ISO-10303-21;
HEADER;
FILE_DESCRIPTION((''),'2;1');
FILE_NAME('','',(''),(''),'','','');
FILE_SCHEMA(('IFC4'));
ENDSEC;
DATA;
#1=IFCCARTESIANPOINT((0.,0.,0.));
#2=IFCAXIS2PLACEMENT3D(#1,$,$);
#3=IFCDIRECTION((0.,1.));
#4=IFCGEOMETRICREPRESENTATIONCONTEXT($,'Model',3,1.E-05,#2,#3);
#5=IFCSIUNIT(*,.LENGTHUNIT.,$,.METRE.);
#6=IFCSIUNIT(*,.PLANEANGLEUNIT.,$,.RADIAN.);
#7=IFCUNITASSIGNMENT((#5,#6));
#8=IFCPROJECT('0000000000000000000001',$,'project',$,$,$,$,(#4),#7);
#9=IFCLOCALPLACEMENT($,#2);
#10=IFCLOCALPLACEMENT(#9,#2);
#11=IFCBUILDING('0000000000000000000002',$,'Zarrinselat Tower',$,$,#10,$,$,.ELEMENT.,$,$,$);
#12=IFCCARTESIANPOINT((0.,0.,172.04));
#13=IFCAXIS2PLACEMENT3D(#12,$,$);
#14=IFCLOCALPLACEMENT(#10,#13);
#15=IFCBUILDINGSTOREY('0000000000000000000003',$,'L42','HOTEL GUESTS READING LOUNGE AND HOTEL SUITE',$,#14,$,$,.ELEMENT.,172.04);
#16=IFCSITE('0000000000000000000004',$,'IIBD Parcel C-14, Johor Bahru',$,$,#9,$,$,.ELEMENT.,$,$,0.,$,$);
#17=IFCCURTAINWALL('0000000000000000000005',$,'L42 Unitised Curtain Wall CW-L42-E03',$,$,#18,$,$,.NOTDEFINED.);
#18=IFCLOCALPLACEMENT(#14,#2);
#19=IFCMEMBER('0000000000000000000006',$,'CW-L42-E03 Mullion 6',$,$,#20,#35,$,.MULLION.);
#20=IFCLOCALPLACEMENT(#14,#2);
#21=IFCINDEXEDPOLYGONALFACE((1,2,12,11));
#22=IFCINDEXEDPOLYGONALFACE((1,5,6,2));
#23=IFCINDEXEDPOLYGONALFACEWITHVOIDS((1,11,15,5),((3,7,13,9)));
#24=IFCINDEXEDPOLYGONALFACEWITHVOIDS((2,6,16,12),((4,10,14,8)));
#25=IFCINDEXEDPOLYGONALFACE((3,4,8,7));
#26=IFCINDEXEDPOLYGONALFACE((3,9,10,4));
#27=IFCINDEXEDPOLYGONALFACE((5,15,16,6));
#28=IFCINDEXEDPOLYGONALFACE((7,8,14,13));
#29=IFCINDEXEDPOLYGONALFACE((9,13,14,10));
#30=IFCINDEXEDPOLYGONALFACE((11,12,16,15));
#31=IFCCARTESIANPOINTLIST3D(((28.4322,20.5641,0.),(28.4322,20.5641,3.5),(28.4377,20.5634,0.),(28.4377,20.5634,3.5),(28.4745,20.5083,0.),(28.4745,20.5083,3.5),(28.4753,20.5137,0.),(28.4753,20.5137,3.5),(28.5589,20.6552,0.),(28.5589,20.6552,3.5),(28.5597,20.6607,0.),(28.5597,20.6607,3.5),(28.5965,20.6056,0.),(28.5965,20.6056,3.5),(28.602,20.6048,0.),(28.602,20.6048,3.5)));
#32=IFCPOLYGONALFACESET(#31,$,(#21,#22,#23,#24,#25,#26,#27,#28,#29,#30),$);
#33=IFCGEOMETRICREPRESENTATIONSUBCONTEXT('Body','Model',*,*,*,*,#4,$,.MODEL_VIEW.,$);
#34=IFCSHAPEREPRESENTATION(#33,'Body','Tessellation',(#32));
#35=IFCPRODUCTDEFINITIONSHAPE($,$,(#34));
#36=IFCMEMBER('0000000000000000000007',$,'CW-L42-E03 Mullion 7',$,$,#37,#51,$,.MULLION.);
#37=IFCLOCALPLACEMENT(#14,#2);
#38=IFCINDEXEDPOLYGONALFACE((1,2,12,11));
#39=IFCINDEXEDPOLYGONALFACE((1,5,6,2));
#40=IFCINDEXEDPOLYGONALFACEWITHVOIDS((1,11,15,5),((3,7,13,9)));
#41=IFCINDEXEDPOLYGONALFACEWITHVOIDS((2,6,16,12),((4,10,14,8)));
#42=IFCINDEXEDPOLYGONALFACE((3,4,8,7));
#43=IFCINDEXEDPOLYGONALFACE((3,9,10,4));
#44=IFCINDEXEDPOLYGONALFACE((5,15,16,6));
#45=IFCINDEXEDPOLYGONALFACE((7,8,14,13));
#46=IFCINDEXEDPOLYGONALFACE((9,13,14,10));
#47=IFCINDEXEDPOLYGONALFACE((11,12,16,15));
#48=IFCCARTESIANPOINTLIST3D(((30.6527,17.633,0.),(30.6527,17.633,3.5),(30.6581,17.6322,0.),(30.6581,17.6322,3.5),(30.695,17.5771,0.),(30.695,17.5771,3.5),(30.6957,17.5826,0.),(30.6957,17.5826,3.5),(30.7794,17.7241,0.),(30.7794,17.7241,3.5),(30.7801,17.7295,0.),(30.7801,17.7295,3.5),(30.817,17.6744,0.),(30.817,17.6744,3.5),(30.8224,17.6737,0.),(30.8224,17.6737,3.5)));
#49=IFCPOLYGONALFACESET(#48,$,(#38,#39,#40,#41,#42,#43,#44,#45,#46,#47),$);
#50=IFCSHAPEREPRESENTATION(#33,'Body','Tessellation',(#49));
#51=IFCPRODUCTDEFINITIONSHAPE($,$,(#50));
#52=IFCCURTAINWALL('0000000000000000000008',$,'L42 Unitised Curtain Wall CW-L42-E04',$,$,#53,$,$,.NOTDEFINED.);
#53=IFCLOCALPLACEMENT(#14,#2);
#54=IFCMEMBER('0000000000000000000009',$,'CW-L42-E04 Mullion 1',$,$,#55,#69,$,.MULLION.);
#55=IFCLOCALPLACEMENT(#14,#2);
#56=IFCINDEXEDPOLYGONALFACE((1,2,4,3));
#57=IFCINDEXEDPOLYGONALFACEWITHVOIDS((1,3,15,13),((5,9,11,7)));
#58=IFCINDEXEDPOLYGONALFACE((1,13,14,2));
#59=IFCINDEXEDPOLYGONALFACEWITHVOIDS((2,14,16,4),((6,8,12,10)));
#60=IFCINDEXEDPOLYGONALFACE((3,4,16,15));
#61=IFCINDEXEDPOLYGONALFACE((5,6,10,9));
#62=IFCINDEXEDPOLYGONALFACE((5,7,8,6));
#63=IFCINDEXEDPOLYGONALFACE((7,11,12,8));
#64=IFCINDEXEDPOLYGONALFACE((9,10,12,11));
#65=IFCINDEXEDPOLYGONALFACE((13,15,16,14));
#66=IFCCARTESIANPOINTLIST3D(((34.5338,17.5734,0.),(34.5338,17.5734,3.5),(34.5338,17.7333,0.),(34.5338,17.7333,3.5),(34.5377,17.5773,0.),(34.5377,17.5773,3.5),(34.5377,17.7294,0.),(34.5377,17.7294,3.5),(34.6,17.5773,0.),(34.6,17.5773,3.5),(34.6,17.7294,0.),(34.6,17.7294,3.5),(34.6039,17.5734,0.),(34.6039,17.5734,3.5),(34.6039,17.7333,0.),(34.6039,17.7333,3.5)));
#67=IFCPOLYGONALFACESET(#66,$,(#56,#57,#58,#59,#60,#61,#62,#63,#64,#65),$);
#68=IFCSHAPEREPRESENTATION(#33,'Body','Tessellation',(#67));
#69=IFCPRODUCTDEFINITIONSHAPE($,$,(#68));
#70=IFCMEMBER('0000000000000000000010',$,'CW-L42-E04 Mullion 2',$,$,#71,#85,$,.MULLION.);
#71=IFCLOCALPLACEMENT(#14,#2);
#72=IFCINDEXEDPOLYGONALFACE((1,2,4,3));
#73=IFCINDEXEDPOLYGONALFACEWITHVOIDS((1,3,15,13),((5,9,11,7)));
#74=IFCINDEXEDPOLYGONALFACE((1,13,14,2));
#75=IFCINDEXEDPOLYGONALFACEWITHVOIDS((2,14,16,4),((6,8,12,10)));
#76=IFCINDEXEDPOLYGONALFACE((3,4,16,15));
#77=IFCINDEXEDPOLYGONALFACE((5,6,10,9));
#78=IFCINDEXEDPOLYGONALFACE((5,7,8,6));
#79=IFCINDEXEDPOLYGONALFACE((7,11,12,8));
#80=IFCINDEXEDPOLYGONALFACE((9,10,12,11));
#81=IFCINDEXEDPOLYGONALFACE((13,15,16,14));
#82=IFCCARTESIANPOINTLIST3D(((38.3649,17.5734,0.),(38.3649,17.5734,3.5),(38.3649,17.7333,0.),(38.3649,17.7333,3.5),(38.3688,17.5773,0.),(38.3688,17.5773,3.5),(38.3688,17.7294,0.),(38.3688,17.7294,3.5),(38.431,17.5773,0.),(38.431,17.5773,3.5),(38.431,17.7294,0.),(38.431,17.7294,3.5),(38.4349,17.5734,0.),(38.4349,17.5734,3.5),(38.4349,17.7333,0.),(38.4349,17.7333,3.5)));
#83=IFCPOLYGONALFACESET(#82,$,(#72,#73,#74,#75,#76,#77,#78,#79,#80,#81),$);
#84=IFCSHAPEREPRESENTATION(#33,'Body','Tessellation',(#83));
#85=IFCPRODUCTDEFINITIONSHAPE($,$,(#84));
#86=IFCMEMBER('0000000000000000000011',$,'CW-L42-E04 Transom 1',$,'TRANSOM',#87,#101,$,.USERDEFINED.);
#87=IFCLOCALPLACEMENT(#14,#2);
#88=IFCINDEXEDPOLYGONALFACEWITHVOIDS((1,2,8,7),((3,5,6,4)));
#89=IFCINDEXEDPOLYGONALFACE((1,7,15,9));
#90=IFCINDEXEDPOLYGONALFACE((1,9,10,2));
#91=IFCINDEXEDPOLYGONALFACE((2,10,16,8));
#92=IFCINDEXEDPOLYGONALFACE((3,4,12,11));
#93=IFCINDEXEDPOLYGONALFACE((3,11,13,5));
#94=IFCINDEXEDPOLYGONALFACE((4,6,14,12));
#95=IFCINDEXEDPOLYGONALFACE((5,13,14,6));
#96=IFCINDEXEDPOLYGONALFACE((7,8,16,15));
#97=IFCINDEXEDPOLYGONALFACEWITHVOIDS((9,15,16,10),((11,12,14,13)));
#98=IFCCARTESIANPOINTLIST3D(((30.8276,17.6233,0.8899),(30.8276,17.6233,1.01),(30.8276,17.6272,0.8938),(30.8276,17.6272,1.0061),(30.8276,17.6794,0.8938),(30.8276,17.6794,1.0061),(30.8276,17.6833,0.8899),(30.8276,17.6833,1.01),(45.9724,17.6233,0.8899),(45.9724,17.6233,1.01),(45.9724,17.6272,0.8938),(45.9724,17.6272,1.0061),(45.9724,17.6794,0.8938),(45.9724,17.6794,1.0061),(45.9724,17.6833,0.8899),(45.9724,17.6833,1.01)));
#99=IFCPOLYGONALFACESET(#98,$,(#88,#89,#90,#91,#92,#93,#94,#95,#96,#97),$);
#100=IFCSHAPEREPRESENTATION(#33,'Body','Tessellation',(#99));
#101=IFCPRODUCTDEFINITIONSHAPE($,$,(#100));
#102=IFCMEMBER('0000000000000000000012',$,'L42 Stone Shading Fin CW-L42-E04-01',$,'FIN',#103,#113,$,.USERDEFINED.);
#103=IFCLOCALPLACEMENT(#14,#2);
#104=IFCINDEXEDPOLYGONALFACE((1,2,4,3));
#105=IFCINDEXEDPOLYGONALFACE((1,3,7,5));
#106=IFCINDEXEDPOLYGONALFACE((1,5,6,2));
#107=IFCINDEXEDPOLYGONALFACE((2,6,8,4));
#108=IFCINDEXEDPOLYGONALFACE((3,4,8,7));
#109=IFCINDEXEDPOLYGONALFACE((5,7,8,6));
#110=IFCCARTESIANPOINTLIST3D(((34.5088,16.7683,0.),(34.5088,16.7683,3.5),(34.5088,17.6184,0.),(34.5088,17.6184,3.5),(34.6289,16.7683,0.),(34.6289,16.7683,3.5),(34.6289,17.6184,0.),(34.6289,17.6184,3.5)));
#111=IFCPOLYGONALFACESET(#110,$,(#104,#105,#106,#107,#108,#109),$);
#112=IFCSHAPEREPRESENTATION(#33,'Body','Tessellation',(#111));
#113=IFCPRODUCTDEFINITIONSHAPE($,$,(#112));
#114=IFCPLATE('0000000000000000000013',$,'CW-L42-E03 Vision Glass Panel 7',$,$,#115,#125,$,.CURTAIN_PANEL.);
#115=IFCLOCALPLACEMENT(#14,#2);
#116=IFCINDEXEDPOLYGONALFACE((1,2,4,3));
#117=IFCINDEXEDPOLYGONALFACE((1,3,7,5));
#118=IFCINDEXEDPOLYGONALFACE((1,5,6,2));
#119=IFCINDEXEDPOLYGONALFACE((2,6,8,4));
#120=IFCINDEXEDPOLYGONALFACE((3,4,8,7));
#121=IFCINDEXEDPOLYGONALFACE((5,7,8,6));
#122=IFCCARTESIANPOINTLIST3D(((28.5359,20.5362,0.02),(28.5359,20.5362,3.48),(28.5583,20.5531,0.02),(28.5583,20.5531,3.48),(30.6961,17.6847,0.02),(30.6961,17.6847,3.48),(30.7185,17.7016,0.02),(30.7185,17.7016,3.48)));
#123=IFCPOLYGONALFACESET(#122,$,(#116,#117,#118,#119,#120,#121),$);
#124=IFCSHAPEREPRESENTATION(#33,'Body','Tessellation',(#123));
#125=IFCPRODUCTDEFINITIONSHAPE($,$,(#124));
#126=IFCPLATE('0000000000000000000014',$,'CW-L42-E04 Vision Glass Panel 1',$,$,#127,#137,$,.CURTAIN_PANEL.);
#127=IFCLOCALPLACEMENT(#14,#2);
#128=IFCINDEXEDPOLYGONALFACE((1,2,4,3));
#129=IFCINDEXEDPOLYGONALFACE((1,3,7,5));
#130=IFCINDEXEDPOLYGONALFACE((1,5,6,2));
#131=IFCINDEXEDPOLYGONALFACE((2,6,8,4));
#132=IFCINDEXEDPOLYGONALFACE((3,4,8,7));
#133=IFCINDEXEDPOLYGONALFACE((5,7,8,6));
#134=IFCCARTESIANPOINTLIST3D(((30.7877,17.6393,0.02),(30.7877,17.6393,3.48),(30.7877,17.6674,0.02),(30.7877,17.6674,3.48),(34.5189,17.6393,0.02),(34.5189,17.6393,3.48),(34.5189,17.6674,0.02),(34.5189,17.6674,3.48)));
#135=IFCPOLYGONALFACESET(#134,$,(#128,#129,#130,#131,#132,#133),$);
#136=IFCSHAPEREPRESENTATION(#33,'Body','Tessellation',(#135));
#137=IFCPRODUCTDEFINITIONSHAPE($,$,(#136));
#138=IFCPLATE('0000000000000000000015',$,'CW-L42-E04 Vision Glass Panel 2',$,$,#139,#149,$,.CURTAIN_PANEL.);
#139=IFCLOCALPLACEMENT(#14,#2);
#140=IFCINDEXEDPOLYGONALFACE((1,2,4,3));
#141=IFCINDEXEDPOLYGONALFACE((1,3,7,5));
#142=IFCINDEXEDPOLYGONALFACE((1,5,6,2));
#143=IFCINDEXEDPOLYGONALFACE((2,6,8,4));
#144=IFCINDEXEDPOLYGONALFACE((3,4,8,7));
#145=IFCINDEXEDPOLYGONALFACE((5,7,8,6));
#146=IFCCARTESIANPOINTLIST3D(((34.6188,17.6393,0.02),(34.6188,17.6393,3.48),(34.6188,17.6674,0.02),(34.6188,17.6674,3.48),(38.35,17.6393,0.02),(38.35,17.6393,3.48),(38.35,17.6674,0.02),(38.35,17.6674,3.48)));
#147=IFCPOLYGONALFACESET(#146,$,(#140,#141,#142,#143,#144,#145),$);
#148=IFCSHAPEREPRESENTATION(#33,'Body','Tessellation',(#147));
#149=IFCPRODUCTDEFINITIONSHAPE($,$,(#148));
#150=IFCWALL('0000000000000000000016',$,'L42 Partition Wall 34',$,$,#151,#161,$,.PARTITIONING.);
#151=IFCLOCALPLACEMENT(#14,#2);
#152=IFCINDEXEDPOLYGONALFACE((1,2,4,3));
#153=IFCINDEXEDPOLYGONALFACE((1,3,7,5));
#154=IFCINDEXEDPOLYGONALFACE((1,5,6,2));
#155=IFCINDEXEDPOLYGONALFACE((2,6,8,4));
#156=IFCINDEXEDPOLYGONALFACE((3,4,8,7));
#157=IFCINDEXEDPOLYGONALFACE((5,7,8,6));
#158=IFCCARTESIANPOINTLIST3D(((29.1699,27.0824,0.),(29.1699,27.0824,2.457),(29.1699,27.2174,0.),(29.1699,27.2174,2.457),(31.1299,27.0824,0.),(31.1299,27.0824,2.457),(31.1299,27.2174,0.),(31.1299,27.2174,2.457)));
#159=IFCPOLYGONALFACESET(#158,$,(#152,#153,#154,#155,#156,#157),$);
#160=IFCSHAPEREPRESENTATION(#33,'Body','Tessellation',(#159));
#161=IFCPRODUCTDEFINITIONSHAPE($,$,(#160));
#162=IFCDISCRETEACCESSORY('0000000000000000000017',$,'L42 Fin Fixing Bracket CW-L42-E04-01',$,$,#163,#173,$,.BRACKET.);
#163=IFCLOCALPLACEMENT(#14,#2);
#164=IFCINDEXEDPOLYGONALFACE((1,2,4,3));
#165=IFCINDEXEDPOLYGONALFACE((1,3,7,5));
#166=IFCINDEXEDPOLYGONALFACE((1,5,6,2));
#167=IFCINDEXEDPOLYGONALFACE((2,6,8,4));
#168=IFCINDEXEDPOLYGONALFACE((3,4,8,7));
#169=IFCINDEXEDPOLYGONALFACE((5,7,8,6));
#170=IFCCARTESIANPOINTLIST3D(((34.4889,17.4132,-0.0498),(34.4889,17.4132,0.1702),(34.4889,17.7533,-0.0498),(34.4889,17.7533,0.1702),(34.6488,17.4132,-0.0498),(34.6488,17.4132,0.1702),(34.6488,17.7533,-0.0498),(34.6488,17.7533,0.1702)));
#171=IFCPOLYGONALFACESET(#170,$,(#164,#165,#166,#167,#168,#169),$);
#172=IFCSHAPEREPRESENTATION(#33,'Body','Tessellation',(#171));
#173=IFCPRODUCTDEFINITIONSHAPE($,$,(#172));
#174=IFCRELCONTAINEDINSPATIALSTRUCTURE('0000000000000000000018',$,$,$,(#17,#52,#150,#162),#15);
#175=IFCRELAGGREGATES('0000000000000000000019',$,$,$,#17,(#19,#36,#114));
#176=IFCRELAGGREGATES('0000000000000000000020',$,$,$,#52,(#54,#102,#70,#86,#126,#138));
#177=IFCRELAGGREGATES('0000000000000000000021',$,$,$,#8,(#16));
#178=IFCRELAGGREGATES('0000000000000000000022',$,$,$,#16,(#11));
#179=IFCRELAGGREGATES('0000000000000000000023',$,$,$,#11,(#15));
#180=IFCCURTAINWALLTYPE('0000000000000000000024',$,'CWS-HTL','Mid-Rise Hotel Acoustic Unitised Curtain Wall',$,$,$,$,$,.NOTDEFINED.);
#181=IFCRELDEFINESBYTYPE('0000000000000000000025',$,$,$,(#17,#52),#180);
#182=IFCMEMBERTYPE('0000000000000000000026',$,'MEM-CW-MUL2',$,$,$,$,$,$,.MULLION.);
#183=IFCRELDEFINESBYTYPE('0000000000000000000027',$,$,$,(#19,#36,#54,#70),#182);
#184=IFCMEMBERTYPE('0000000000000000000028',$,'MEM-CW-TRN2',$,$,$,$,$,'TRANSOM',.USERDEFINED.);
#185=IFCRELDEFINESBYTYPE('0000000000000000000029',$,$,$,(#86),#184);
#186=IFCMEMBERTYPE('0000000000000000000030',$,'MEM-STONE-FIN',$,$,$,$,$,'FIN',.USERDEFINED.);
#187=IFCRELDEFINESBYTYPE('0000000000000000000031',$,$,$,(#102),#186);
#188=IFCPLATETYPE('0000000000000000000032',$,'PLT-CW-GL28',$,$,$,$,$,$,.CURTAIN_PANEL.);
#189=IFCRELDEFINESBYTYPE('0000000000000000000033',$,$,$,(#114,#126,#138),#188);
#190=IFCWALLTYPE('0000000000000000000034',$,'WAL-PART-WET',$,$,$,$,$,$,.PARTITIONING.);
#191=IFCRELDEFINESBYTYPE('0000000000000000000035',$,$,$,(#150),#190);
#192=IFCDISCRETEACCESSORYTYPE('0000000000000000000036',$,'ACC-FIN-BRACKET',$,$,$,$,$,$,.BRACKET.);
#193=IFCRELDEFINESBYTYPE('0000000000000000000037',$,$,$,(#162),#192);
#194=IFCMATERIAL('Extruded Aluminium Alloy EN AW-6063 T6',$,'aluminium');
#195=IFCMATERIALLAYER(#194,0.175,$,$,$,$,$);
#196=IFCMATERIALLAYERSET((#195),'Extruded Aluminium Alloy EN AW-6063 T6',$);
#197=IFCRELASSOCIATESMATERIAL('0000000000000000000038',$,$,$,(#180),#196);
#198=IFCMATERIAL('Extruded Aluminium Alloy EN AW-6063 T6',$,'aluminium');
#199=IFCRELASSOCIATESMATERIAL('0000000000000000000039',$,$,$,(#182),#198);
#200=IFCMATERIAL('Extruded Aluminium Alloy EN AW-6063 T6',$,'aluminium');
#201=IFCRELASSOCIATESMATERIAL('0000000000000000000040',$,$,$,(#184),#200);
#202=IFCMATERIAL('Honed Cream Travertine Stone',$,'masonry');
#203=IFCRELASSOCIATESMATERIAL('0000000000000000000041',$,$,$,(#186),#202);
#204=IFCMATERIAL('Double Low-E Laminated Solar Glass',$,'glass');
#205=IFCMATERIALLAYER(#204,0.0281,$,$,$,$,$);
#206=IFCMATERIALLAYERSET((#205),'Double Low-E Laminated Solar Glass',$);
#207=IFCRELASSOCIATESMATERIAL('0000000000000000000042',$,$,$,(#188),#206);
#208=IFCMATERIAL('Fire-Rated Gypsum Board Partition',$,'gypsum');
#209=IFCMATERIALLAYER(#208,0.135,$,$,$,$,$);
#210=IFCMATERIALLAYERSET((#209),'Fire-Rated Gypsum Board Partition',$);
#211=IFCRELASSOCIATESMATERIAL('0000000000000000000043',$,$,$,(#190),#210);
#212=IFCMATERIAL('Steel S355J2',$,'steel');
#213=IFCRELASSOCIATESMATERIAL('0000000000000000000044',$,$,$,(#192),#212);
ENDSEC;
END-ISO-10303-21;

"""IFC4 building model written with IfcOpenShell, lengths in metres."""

from ifc_helpers import new_model, si_unit, direction, frame, frame_2d, origin, origin_2d, place, context, subcontext, project, spatial, rectangle, hollow_rectangle, extrude, material, layer, layer_set, material_profile, profile_set, type_object, element, aggregate, save


model = new_model("IFC4")

# Units and contexts
model_context = context("Model", 3, precision=1e-05, world=origin(), true_north=direction((0.0, 1.0)))
body_context = subcontext(model_context, "Body", "Model", "MODEL_VIEW")
ifc_project = project(units=[si_unit("LENGTHUNIT", "METRE"), si_unit("PLANEANGLEUNIT", "RADIAN")], contexts=[model_context])

# Site, building, storey
site_placement = place(None, origin())
site = spatial("IfcSite", under=ifc_project, at=site_placement, Name="IIBD Parcel C-14, Johor Bahru", CompositionType="ELEMENT", RefElevation=0.0)
building_placement = place(site_placement, origin())
building = spatial("IfcBuilding", under=site, at=building_placement, Name="Zarrinselat Tower", CompositionType="ELEMENT")
storey_placement = place(building_placement, frame((0.0, 0.0, 172.04)))
storey = spatial("IfcBuildingStorey", under=building, at=storey_placement, Name="L42", Description="HOTEL GUESTS READING LOUNGE AND HOTEL SUITE", CompositionType="ELEMENT", Elevation=172.04)

# Curtain walls, members
ifc_material_1 = material(Name="Extruded Aluminium Alloy EN AW-6063 T6", Category="aluminium")
ifc_layer_1 = layer(ifc_material_1, 0.175)
ifc_layer_set_1 = layer_set([ifc_layer_1], Name="Extruded Aluminium Alloy EN AW-6063 T6")
curtain_wall_type = type_object("IfcCurtainWallType", Name="CWS-HTL", Description="Mid-Rise Hotel Acoustic Unitised Curtain Wall", PredefinedType="NOTDEFINED", material=ifc_layer_set_1)
curtain_wall_1_placement = place(storey_placement, origin())
curtain_wall_1 = element("IfcCurtainWall", 1, at=curtain_wall_1_placement, inside=storey, type_object=curtain_wall_type, Name="L42 Unitised Curtain Wall CW-L42-E03", PredefinedType="NOTDEFINED")
ifc_material_2 = material(Name="Extruded Aluminium Alloy EN AW-6063 T6", Category="aluminium")
ifc_material_profile_1 = material_profile(ifc_material_2, hollow_rectangle(XDim=0.0701, YDim=0.1599, WallThickness=0.0039, at=origin_2d()), Name="RHS 160x70x4")
ifc_profile_set_1 = profile_set([ifc_material_profile_1], Name="Extruded Aluminium Alloy EN AW-6063 T6")
member_type_1 = type_object("IfcMemberType", Name="MEM-CW-MUL2", PredefinedType="MULLION", material=ifc_profile_set_1)
member_1_placement = place(storey_placement, frame((28.5171, 20.5845, 0.0), z_axis=(0.0, 0.0, 1.0), x_axis=(0.603858, -0.797092, 0.0)))
member_1 = element("IfcMember", 2, at=member_1_placement, type_object=member_type_1, Name="CW-L42-E03 Mullion 6", PredefinedType="MULLION", context=body_context, shape_type="SweptSolid", body=[
    extrude(hollow_rectangle(XDim=0.0701, YDim=0.1599, WallThickness=0.0039, at=origin_2d()), origin(), (0.0, 0.0, 1.0), 3.5),
])
member_2_placement = place(storey_placement, frame((30.7375, 17.6533, 0.0), z_axis=(0.0, 0.0, 1.0), x_axis=(0.603858, -0.797092, 0.0)))
member_2 = element("IfcMember", 3, at=member_2_placement, type_object=member_type_1, Name="CW-L42-E03 Mullion 7", PredefinedType="MULLION", context=body_context, shape_type="SweptSolid", body=[
    extrude(hollow_rectangle(XDim=0.0701, YDim=0.1599, WallThickness=0.0039, at=origin_2d()), origin(), (0.0, 0.0, 1.0), 3.5),
])
curtain_wall_2_placement = place(storey_placement, origin())
curtain_wall_2 = element("IfcCurtainWall", 4, at=curtain_wall_2_placement, inside=storey, type_object=curtain_wall_type, Name="L42 Unitised Curtain Wall CW-L42-E04", PredefinedType="NOTDEFINED")
member_3_placement = place(storey_placement, frame((34.5688, 17.6533, 0.0), z_axis=(0.0, 0.0, 1.0), x_axis=(1.0, 0.0, 0.0)))
member_3 = element("IfcMember", 5, at=member_3_placement, type_object=member_type_1, Name="CW-L42-E04 Mullion 1", PredefinedType="MULLION", context=body_context, shape_type="SweptSolid", body=[
    extrude(hollow_rectangle(XDim=0.0701, YDim=0.1599, WallThickness=0.0039, at=origin_2d()), origin(), (0.0, 0.0, 1.0), 3.5),
])
member_4_placement = place(storey_placement, frame((38.3999, 17.6533, 0.0), z_axis=(0.0, 0.0, 1.0), x_axis=(1.0, 0.0, 0.0)))
member_4 = element("IfcMember", 6, at=member_4_placement, type_object=member_type_1, Name="CW-L42-E04 Mullion 2", PredefinedType="MULLION", context=body_context, shape_type="SweptSolid", body=[
    extrude(hollow_rectangle(XDim=0.0701, YDim=0.1599, WallThickness=0.0039, at=origin_2d()), origin(), (0.0, 0.0, 1.0), 3.5),
])
ifc_material_3 = material(Name="Extruded Aluminium Alloy EN AW-6063 T6", Category="aluminium")
ifc_material_profile_2 = material_profile(ifc_material_3, hollow_rectangle(XDim=0.0601, YDim=0.1201, WallThickness=0.0039, at=origin_2d()), Name="RHS 120x60x4")
ifc_profile_set_2 = profile_set([ifc_material_profile_2], Name="Extruded Aluminium Alloy EN AW-6063 T6")
member_type_2 = type_object("IfcMemberType", Name="MEM-CW-TRN2", ElementType="TRANSOM", PredefinedType="USERDEFINED", material=ifc_profile_set_2)
member_5_placement = place(storey_placement, frame((30.8276, 17.6533, 0.95), z_axis=(1.0, 0.0, 0.0), x_axis=(0.0, 1.0, 0.0)))
member_5 = element("IfcMember", 7, at=member_5_placement, type_object=member_type_2, Name="CW-L42-E04 Transom 1", ObjectType="TRANSOM", PredefinedType="USERDEFINED", context=body_context, shape_type="SweptSolid", body=[
    extrude(hollow_rectangle(XDim=0.0601, YDim=0.1201, WallThickness=0.0039, at=origin_2d()), origin(), (0.0, 0.0, 1.0), 15.1448),
])
ifc_material_4 = material(Name="Honed Cream Travertine Stone", Category="masonry")
ifc_material_profile_3 = material_profile(ifc_material_4, rectangle(XDim=0.1201, YDim=0.8501, at=origin_2d()), Name="FIN 850x120")
ifc_profile_set_3 = profile_set([ifc_material_profile_3], Name="Honed Cream Travertine Stone")
member_type_3 = type_object("IfcMemberType", Name="MEM-STONE-FIN", ElementType="FIN", PredefinedType="USERDEFINED", material=ifc_profile_set_3)
member_6_placement = place(storey_placement, frame((34.5688, 17.1934, 0.0), z_axis=(0.0, 0.0, 1.0), x_axis=(-1.0, 0.0, 0.0)))
member_6 = element("IfcMember", 8, at=member_6_placement, type_object=member_type_3, Name="L42 Stone Shading Fin CW-L42-E04-01", ObjectType="FIN", PredefinedType="USERDEFINED", context=body_context, shape_type="SweptSolid", body=[
    extrude(rectangle(XDim=0.1201, YDim=0.8501, at=origin_2d()), origin(), (0.0, 0.0, 1.0), 3.5),
])

# Plates
ifc_material_5 = material(Name="Double Low-E Laminated Solar Glass", Category="glass")
ifc_layer_2 = layer(ifc_material_5, 0.0281)
ifc_layer_set_2 = layer_set([ifc_layer_2], Name="Double Low-E Laminated Solar Glass")
plate_type = type_object("IfcPlateType", Name="PLT-CW-GL28", PredefinedType="CURTAIN_PANEL", material=ifc_layer_set_2)
plate_1_placement = place(storey_placement, frame((29.6272, 19.1189, 0.02), z_axis=(0.0, 0.0, 1.0), x_axis=(0.603858, -0.797092, 0.0)))
plate_1 = element("IfcPlate", 9, at=plate_1_placement, type_object=plate_type, Name="CW-L42-E03 Vision Glass Panel 7", PredefinedType="CURTAIN_PANEL", context=body_context, shape_type="SweptSolid", body=[
    extrude(rectangle(XDim=3.5774, YDim=0.0281, at=origin_2d()), origin(), (0.0, 0.0, 1.0), 3.46),
])
aggregate(curtain_wall_1, [member_1, member_2, plate_1])
plate_2_placement = place(storey_placement, frame((32.6533, 17.6533, 0.02), z_axis=(0.0, 0.0, 1.0), x_axis=(1.0, 0.0, 0.0)))
plate_2 = element("IfcPlate", 10, at=plate_2_placement, type_object=plate_type, Name="CW-L42-E04 Vision Glass Panel 1", PredefinedType="CURTAIN_PANEL", context=body_context, shape_type="SweptSolid", body=[
    extrude(rectangle(XDim=3.7312, YDim=0.0281, at=origin_2d()), origin(), (0.0, 0.0, 1.0), 3.46),
])
plate_3_placement = place(storey_placement, frame((36.4844, 17.6533, 0.02), z_axis=(0.0, 0.0, 1.0), x_axis=(1.0, 0.0, 0.0)))
plate_3 = element("IfcPlate", 11, at=plate_3_placement, type_object=plate_type, Name="CW-L42-E04 Vision Glass Panel 2", PredefinedType="CURTAIN_PANEL", context=body_context, shape_type="SweptSolid", body=[
    extrude(rectangle(XDim=3.7312, YDim=0.0281, at=origin_2d()), origin(), (0.0, 0.0, 1.0), 3.46),
])
aggregate(curtain_wall_2, [member_3, member_6, member_4, member_5, plate_2, plate_3])

# Wall
ifc_material_6 = material(Name="Fire-Rated Gypsum Board Partition", Category="gypsum")
ifc_layer_3 = layer(ifc_material_6, 0.135)
ifc_layer_set_3 = layer_set([ifc_layer_3], Name="Fire-Rated Gypsum Board Partition")
wall_type = type_object("IfcWallType", Name="WAL-PART-WET", PredefinedType="PARTITIONING", material=ifc_layer_set_3)
wall_placement = place(storey_placement, frame((29.1699, 27.1499, 0.0), z_axis=(0.0, 0.0, 1.0), x_axis=(1.0, 0.0, 0.0)))
element("IfcWall", 12, at=wall_placement, inside=storey, type_object=wall_type, Name="L42 Partition Wall 34", PredefinedType="PARTITIONING", context=body_context, shape_type="SweptSolid", body=[
    extrude(rectangle(XDim=1.96, YDim=0.135, at=frame_2d((0.98, 0.0))), origin(), (0.0, 0.0, 1.0), 2.457),
])

# Discrete accessory
ifc_material_7 = material(Name="Steel S355J2", Category="steel")
discrete_accessory_type = type_object("IfcDiscreteAccessoryType", Name="ACC-FIN-BRACKET", PredefinedType="BRACKET", material=ifc_material_7)
discrete_accessory_placement = place(storey_placement, frame((34.5688, 17.5833, -0.0498), z_axis=(0.0, 0.0, 1.0), x_axis=(0.0, -1.0, 0.0)))
element("IfcDiscreteAccessory", 13, at=discrete_accessory_placement, inside=storey, type_object=discrete_accessory_type, Name="L42 Fin Fixing Bracket CW-L42-E04-01", PredefinedType="BRACKET", context=body_context, shape_type="SweptSolid", body=[
    extrude(rectangle(XDim=0.3401, YDim=0.1599, at=origin_2d()), origin(), (0.0, 0.0, 1.0), 0.22),
])

save(model, "model.ifc")
